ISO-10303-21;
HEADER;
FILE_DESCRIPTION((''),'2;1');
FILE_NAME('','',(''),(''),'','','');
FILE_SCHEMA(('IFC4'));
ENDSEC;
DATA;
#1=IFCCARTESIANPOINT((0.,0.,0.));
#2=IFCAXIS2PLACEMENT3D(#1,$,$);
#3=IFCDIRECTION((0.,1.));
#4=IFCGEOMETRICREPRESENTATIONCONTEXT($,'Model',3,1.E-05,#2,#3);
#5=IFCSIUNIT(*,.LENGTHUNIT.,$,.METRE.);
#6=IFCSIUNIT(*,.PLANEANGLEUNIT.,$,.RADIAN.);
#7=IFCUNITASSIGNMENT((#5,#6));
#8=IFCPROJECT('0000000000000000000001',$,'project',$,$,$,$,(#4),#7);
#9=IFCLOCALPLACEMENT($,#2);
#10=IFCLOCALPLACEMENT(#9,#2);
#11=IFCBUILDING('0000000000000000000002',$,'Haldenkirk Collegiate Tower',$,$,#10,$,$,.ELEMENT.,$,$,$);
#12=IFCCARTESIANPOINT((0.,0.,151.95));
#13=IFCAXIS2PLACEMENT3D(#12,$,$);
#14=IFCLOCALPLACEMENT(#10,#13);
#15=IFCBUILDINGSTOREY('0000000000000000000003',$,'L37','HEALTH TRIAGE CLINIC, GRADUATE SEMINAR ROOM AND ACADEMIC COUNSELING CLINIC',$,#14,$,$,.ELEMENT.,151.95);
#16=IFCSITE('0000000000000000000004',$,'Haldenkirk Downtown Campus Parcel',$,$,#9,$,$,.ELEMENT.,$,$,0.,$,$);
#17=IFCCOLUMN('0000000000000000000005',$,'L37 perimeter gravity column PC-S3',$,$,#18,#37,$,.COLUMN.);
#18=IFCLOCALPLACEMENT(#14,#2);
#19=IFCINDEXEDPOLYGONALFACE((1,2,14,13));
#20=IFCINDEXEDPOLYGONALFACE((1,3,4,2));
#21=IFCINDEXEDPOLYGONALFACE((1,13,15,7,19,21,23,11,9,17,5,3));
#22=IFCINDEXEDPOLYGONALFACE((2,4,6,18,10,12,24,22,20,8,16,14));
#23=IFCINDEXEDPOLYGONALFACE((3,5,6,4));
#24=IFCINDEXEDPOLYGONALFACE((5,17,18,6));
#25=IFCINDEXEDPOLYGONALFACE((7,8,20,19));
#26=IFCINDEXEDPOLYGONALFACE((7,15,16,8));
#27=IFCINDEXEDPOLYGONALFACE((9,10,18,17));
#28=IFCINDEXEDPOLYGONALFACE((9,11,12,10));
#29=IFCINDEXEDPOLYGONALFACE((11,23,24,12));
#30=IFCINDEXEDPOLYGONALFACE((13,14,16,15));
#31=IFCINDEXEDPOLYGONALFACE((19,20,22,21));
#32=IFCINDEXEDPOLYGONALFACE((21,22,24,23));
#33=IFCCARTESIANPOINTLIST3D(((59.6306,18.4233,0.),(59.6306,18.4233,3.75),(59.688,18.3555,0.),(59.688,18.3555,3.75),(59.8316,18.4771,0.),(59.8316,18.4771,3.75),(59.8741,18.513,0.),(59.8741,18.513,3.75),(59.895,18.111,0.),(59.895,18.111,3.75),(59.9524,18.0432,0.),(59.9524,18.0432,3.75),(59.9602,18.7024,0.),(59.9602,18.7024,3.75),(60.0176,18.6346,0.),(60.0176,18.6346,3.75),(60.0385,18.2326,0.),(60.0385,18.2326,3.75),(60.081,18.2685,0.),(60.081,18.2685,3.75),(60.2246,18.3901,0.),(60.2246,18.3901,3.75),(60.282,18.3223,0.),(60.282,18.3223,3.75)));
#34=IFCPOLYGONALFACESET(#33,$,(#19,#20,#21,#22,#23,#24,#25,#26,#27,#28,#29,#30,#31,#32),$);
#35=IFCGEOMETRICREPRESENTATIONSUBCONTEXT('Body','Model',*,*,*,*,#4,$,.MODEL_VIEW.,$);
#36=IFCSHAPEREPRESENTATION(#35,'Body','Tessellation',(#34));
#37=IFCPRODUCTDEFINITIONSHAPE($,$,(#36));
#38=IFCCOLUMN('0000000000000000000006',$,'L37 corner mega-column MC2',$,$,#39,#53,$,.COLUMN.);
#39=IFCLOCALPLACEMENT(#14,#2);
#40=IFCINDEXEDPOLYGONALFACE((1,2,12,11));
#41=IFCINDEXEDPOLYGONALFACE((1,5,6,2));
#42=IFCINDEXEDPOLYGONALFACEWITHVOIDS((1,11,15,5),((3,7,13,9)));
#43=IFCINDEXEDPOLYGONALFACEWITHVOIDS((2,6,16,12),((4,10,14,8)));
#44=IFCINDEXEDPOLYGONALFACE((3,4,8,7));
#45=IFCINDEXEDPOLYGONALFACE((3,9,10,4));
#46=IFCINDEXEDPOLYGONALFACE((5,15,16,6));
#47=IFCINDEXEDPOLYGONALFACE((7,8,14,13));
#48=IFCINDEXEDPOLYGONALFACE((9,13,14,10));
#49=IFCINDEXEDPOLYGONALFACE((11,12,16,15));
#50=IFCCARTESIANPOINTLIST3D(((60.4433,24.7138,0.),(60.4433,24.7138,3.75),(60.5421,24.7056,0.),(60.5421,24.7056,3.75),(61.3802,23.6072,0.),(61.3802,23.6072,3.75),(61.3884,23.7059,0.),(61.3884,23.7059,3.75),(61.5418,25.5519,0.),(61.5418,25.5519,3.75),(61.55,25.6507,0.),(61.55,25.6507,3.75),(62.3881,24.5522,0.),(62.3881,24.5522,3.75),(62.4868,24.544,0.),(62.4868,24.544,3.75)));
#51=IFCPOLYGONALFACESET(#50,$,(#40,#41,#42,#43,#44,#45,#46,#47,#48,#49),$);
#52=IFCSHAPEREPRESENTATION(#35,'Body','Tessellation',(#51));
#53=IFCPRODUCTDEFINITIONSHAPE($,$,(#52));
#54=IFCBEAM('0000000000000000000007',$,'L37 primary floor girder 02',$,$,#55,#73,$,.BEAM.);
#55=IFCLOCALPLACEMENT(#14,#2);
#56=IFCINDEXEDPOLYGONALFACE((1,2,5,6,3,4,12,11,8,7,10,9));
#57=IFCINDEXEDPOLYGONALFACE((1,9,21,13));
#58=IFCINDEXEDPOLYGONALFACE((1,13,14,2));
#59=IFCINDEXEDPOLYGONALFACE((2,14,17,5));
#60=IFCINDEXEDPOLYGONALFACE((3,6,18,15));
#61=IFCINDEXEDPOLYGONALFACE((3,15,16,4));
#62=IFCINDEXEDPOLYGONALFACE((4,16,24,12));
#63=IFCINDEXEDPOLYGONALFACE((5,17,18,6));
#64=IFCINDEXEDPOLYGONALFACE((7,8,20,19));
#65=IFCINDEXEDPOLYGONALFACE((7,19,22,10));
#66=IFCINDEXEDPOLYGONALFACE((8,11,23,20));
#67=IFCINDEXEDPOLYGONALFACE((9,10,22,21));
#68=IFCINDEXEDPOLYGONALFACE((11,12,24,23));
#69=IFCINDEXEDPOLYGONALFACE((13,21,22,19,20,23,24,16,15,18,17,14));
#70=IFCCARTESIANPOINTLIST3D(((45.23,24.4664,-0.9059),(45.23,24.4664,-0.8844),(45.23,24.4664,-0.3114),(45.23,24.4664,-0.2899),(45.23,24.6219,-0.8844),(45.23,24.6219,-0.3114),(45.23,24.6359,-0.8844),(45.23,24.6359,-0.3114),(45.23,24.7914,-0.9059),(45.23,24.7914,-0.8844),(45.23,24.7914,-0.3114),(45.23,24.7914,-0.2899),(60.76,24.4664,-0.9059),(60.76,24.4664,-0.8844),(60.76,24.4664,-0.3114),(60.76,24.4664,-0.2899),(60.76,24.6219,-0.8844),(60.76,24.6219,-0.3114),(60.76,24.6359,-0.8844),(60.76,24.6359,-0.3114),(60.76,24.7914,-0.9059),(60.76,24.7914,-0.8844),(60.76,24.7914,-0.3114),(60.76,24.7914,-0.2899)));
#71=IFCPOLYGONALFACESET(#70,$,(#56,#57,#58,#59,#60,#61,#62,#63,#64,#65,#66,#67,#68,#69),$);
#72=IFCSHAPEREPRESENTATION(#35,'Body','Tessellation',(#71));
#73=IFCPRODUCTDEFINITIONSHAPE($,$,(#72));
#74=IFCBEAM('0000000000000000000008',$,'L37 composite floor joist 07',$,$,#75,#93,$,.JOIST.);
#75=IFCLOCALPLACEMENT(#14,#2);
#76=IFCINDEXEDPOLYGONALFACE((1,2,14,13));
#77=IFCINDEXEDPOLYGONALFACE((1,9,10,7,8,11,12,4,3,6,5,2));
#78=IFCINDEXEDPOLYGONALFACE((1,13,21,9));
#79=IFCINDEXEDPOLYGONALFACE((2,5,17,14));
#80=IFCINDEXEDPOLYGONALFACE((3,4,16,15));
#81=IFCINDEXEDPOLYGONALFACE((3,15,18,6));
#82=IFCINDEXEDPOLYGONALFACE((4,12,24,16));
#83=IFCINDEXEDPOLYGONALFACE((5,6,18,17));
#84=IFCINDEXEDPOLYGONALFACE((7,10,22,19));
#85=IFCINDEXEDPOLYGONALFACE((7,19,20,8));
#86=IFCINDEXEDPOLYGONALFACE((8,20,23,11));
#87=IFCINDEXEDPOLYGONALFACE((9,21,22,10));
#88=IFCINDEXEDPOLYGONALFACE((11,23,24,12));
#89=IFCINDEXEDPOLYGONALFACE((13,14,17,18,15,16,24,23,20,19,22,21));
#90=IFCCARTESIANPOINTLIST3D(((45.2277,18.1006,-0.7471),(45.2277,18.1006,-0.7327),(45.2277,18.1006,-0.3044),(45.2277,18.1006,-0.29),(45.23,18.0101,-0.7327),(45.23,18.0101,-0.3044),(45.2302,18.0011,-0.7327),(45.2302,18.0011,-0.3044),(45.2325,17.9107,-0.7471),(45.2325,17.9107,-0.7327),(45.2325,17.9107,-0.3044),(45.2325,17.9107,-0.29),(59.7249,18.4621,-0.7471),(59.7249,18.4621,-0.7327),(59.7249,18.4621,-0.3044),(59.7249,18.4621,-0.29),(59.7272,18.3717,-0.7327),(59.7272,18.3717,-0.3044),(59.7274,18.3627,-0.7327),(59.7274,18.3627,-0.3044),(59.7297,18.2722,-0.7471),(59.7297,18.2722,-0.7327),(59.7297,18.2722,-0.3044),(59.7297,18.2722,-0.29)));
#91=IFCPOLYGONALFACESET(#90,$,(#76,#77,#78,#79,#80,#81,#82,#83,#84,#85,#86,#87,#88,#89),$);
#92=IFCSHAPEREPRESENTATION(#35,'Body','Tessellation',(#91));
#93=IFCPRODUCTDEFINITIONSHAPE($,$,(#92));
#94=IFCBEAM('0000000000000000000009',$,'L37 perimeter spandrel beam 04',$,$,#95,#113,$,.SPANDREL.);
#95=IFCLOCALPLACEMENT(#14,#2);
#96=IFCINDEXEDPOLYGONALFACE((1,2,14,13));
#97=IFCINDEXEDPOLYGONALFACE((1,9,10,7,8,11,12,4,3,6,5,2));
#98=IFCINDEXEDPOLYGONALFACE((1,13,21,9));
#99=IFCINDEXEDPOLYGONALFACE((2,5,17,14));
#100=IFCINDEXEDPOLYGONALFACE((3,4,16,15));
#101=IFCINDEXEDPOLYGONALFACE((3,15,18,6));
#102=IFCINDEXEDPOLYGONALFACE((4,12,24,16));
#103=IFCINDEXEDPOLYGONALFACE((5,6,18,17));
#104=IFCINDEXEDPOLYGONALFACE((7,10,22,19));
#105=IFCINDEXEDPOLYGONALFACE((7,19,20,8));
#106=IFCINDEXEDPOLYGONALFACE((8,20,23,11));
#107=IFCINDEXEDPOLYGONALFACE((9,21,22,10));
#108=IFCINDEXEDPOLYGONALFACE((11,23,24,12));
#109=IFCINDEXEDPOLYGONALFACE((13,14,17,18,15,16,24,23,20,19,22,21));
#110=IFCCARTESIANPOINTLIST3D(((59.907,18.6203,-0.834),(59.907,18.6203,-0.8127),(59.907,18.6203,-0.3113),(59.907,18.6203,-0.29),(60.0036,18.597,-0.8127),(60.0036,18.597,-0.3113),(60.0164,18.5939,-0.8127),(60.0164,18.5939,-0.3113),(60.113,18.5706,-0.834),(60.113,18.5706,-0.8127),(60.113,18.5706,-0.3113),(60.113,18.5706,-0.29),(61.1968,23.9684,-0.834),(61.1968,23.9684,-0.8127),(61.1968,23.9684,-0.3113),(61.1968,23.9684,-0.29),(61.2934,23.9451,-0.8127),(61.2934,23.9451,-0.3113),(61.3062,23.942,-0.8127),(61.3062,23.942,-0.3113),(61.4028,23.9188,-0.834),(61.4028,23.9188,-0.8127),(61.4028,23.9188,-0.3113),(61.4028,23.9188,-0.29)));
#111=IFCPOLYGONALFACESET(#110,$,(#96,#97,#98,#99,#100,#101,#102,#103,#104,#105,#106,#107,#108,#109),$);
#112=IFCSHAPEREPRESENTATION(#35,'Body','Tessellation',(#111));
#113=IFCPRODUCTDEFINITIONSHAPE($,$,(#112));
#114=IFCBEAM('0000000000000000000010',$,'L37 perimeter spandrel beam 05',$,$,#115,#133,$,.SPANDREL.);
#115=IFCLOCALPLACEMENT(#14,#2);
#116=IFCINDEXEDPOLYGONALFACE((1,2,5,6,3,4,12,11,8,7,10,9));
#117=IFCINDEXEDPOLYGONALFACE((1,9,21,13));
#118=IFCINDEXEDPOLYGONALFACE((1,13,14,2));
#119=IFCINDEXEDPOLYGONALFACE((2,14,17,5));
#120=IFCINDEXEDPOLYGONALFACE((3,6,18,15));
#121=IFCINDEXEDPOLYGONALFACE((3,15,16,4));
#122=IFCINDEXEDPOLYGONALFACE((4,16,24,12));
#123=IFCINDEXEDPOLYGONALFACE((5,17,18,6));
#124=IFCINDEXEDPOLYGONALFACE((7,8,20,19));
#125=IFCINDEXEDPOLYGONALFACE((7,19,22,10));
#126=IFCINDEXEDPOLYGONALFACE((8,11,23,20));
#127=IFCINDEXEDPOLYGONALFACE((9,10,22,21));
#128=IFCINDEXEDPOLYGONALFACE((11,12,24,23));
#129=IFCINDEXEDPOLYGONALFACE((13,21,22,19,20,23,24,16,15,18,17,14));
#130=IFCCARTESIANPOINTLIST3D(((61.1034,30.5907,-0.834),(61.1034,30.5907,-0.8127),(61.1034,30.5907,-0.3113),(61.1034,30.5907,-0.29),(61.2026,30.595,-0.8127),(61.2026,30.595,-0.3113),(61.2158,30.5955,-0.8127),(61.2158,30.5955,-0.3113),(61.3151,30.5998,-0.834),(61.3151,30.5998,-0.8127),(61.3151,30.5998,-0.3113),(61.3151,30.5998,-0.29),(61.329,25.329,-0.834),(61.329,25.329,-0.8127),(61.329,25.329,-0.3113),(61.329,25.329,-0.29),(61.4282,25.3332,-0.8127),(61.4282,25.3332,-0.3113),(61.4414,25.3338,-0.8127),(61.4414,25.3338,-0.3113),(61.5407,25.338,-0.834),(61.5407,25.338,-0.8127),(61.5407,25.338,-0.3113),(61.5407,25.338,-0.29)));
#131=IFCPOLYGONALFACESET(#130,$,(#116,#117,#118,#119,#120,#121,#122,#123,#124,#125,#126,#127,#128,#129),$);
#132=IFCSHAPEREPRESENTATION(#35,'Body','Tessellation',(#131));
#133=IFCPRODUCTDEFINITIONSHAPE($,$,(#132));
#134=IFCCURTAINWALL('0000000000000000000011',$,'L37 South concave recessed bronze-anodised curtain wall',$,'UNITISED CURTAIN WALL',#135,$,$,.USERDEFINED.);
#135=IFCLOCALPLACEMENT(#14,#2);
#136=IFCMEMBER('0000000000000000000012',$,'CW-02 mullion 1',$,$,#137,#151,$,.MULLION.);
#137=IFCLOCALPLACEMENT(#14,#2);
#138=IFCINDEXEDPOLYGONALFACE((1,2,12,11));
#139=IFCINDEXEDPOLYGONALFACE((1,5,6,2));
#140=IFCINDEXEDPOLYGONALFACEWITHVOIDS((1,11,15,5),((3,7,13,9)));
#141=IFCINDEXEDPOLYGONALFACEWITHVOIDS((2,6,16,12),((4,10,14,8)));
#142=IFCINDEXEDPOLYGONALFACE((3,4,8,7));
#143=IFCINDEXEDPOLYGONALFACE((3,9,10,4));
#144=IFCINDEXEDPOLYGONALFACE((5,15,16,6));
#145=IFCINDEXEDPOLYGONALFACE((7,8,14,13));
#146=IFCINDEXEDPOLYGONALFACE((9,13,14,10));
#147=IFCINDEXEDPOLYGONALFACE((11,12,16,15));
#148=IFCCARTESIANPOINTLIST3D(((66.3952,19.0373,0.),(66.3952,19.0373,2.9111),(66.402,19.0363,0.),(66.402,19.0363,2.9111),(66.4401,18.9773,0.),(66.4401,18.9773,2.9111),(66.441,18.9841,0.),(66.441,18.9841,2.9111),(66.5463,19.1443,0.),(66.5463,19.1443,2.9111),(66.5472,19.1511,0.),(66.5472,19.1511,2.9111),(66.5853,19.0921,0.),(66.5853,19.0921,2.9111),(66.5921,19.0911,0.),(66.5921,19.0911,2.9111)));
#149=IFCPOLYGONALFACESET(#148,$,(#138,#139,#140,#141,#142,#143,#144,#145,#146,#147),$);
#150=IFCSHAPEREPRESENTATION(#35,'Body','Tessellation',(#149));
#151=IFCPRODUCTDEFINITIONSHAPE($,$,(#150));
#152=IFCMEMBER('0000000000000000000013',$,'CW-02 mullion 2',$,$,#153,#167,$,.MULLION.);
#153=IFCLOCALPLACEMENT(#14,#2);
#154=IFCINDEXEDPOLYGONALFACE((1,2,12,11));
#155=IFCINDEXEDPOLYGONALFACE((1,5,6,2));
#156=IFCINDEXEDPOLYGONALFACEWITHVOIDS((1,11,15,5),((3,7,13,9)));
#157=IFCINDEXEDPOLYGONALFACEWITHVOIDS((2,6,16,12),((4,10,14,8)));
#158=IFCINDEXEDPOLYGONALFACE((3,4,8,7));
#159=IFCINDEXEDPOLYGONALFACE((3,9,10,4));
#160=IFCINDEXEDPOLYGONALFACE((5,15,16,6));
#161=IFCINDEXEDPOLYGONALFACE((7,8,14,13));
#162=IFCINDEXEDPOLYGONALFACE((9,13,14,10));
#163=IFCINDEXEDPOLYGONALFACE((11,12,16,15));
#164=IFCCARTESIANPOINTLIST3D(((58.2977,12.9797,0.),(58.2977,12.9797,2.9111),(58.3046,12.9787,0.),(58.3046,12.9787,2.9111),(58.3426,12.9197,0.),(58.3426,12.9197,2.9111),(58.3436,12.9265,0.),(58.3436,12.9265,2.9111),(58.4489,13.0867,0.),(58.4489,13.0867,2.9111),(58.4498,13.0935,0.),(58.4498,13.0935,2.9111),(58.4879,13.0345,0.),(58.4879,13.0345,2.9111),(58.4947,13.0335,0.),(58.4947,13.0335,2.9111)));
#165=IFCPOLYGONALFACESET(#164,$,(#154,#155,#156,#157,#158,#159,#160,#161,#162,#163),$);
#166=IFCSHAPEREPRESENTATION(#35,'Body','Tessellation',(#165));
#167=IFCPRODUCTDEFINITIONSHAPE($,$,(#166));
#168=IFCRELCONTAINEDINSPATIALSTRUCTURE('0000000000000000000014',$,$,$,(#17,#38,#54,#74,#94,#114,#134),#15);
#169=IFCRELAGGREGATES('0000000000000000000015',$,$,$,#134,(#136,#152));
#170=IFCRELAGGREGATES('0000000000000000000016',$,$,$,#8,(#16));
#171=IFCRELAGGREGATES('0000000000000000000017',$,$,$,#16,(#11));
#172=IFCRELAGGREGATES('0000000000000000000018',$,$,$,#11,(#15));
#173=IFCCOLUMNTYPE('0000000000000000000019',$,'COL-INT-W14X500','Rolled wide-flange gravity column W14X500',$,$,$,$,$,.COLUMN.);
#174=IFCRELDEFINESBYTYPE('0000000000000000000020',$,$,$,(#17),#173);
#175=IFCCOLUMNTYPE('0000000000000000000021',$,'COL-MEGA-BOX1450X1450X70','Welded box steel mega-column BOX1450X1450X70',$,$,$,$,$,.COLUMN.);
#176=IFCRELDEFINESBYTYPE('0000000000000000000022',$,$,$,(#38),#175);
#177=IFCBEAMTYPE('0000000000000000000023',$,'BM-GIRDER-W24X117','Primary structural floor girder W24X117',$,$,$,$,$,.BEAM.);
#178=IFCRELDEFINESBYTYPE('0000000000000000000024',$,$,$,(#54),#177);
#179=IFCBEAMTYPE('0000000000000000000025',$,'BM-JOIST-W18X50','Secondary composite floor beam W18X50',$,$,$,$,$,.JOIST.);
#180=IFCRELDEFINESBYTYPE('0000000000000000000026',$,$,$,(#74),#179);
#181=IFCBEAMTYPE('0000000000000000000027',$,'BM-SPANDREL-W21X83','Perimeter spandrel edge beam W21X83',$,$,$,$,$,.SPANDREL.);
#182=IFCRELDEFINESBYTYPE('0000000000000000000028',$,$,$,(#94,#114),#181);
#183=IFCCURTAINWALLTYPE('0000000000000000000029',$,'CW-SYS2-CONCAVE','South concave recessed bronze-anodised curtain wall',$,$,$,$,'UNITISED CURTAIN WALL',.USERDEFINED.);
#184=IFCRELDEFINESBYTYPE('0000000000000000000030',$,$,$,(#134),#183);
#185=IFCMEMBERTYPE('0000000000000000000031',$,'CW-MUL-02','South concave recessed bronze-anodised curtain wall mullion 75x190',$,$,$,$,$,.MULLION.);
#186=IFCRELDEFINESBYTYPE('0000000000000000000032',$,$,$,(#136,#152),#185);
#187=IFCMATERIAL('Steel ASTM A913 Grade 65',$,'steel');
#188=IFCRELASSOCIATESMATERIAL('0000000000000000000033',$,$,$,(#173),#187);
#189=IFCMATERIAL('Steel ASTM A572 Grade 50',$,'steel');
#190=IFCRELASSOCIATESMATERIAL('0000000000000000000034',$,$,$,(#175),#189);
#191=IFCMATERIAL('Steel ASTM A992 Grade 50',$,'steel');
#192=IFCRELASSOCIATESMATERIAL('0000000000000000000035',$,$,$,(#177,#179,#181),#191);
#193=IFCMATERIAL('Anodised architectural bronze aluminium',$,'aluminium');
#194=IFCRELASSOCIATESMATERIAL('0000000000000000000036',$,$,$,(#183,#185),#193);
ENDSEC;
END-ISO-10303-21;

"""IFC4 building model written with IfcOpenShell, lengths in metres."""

from ifc_helpers import new_model, si_unit, direction, frame, origin, origin_2d, place, context, subcontext, project, spatial, hollow_rectangle, i_section, extrude, material, material_profile, profile_set, type_object, element, aggregate, save


model = new_model("IFC4")

# Units and contexts
model_context = context("Model", 3, precision=1e-05, world=origin(), true_north=direction((0.0, 1.0)))
body_context = subcontext(model_context, "Body", "Model", "MODEL_VIEW")
ifc_project = project(units=[si_unit("LENGTHUNIT", "METRE"), si_unit("PLANEANGLEUNIT", "RADIAN")], contexts=[model_context])

# Site, building, storey
site_placement = place(None, origin())
site = spatial("IfcSite", under=ifc_project, at=site_placement, Name="Haldenkirk Downtown Campus Parcel", CompositionType="ELEMENT", RefElevation=0.0)
building_placement = place(site_placement, origin())
building = spatial("IfcBuilding", under=site, at=building_placement, Name="Haldenkirk Collegiate Tower", CompositionType="ELEMENT")
storey_placement = place(building_placement, frame((0.0, 0.0, 151.95)))
storey = spatial("IfcBuildingStorey", under=building, at=storey_placement, Name="L37", Description="HEALTH TRIAGE CLINIC, GRADUATE SEMINAR ROOM AND ACADEMIC COUNSELING CLINIC", CompositionType="ELEMENT", Elevation=151.95)

# Columns
ifc_material_1 = material(Name="Steel ASTM A913 Grade 65", Category="steel")
ifc_material_profile_1 = material_profile(ifc_material_1, i_section(OverallWidth=0.4319, OverallDepth=0.498, WebThickness=0.0557, FlangeThickness=0.0889, at=origin_2d()), Name="W14X500")
ifc_profile_set_1 = profile_set([ifc_material_profile_1], Name="Steel ASTM A913 Grade 65")
column_type_1 = type_object("IfcColumnType", Name="COL-INT-W14X500", Description="Rolled wide-flange gravity column W14X500", PredefinedType="COLUMN", material=ifc_profile_set_1)
column_1_placement = place(storey_placement, frame((59.9563, 18.3728, 0.0), z_axis=(0.0, 0.0, 1.0), x_axis=(0.763232, 0.646124, 0.0)))
element("IfcColumn", 1, at=column_1_placement, inside=storey, type_object=column_type_1, Name="L37 perimeter gravity column PC-S3", PredefinedType="COLUMN", context=body_context, shape_type="SweptSolid", body=[
    extrude(i_section(OverallWidth=0.4319, OverallDepth=0.498, WebThickness=0.0557, FlangeThickness=0.0889, at=origin_2d()), origin(), (0.0, 0.0, 1.0), 3.75),
])
ifc_material_2 = material(Name="Steel ASTM A572 Grade 50", Category="steel")
ifc_material_profile_2 = material_profile(ifc_material_2, hollow_rectangle(XDim=1.45, YDim=1.45, WallThickness=0.0701, at=origin_2d()), Name="BOX1450X1450X70")
ifc_profile_set_2 = profile_set([ifc_material_profile_2], Name="Steel ASTM A572 Grade 50")
column_type_2 = type_object("IfcColumnType", Name="COL-MEGA-BOX1450X1450X70", Description="Welded box steel mega-column BOX1450X1450X70", PredefinedType="COLUMN", material=ifc_profile_set_2)
column_2_placement = place(storey_placement, frame((61.4651, 24.6289, 0.0), z_axis=(0.0, 0.0, 1.0), x_axis=(0.763232, 0.646124, 0.0)))
element("IfcColumn", 2, at=column_2_placement, inside=storey, type_object=column_type_2, Name="L37 corner mega-column MC2", PredefinedType="COLUMN", context=body_context, shape_type="SweptSolid", body=[
    extrude(hollow_rectangle(XDim=1.45, YDim=1.45, WallThickness=0.0701, at=origin_2d()), origin(), (0.0, 0.0, 1.0), 3.75),
])

# Beams
ifc_material_3 = material(Name="Steel ASTM A992 Grade 50", Category="steel")
ifc_material_profile_3 = material_profile(ifc_material_3, i_section(OverallWidth=0.325, OverallDepth=0.616, WebThickness=0.0139, FlangeThickness=0.0215, at=origin_2d()), Name="W24X117")
ifc_profile_set_3 = profile_set([ifc_material_profile_3], Name="Steel ASTM A992 Grade 50")
beam_type_1 = type_object("IfcBeamType", Name="BM-GIRDER-W24X117", Description="Primary structural floor girder W24X117", PredefinedType="BEAM", material=ifc_profile_set_3)
beam_1_placement = place(storey_placement, frame((60.76, 24.6289, -0.5979), z_axis=(-1.0, 0.0, 0.0), x_axis=(0.0, -1.0, 0.0)))
element("IfcBeam", 3, at=beam_1_placement, inside=storey, type_object=beam_type_1, Name="L37 primary floor girder 02", PredefinedType="BEAM", context=body_context, shape_type="SweptSolid", body=[
    extrude(i_section(OverallWidth=0.325, OverallDepth=0.616, WebThickness=0.0139, FlangeThickness=0.0215, at=origin_2d()), origin(), (0.0, 0.0, 1.0), 15.53),
])
ifc_material_profile_4 = material_profile(ifc_material_3, i_section(OverallWidth=0.1899, OverallDepth=0.457, WebThickness=0.009, FlangeThickness=0.0144, at=origin_2d()), Name="W18X50")
ifc_profile_set_4 = profile_set([ifc_material_profile_4], Name="Steel ASTM A992 Grade 50")
beam_type_2 = type_object("IfcBeamType", Name="BM-JOIST-W18X50", Description="Secondary composite floor beam W18X50", PredefinedType="JOIST", material=ifc_profile_set_4)
beam_2_placement = place(storey_placement, frame((59.7273, 18.3672, -0.5186), z_axis=(-0.999689, -0.024933, 0.0), x_axis=(0.024933, -0.999689, 0.0)))
element("IfcBeam", 4, at=beam_2_placement, inside=storey, type_object=beam_type_2, Name="L37 composite floor joist 07", PredefinedType="JOIST", context=body_context, shape_type="SweptSolid", body=[
    extrude(i_section(OverallWidth=0.1899, OverallDepth=0.457, WebThickness=0.009, FlangeThickness=0.0144, at=origin_2d()), origin(), (0.0, 0.0, 1.0), 14.5017),
])
ifc_material_profile_5 = material_profile(ifc_material_3, i_section(OverallWidth=0.2119, OverallDepth=0.5439, WebThickness=0.0132, FlangeThickness=0.0212, at=origin_2d()), Name="W21X83")
ifc_profile_set_5 = profile_set([ifc_material_profile_5], Name="Steel ASTM A992 Grade 50")
beam_type_3 = type_object("IfcBeamType", Name="BM-SPANDREL-W21X83", Description="Perimeter spandrel edge beam W21X83", PredefinedType="SPANDREL", material=ifc_profile_set_5)
beam_3_placement = place(storey_placement, frame((60.01, 18.5955, -0.562), z_axis=(0.234445, 0.972129, 0.0), x_axis=(-0.972129, 0.234445, 0.0)))
element("IfcBeam", 5, at=beam_3_placement, inside=storey, type_object=beam_type_3, Name="L37 perimeter spandrel beam 04", PredefinedType="SPANDREL", context=body_context, shape_type="SweptSolid", body=[
    extrude(i_section(OverallWidth=0.2119, OverallDepth=0.5439, WebThickness=0.0132, FlangeThickness=0.0212, at=origin_2d()), origin(), (0.0, 0.0, 1.0), 5.5015),
])
beam_4_placement = place(storey_placement, frame((61.4348, 25.3335, -0.562), z_axis=(-0.042834, 0.999082, 0.0), x_axis=(-0.999082, -0.042834, 0.0)))
element("IfcBeam", 6, at=beam_4_placement, inside=storey, type_object=beam_type_3, Name="L37 perimeter spandrel beam 05", PredefinedType="SPANDREL", context=body_context, shape_type="SweptSolid", body=[
    extrude(i_section(OverallWidth=0.2119, OverallDepth=0.5439, WebThickness=0.0132, FlangeThickness=0.0212, at=origin_2d()), origin(), (0.0, 0.0, 1.0), 5.2666),
])

# Curtain wall, members
ifc_material_4 = material(Name="Anodised architectural bronze aluminium", Category="aluminium")
curtain_wall_type_1 = type_object("IfcCurtainWallType", Name="CW-SYS2-CONCAVE", Description="South concave recessed bronze-anodised curtain wall", ElementType="UNITISED CURTAIN WALL", PredefinedType="USERDEFINED", material=ifc_material_4)
curtain_wall_1_placement = place(storey_placement, origin())
curtain_wall_1 = element("IfcCurtainWall", 7, at=curtain_wall_1_placement, inside=storey, type_object=curtain_wall_type_1, Name="L37 South concave recessed bronze-anodised curtain wall", ObjectType="UNITISED CURTAIN WALL", PredefinedType="USERDEFINED")
ifc_material_profile_6 = material_profile(ifc_material_4, hollow_rectangle(XDim=0.075, YDim=0.1899, WallThickness=0.0049, at=origin_2d()), Name="CW-MUL-02")
ifc_profile_set_6 = profile_set([ifc_material_profile_6], Name="Anodised architectural bronze aluminium")
member_type_1 = type_object("IfcMemberType", Name="CW-MUL-02", Description="South concave recessed bronze-anodised curtain wall mullion 75x190", PredefinedType="MULLION", material=ifc_profile_set_6)
member_1_placement = place(storey_placement, frame((66.4937, 19.0642, 0.0), z_axis=(0.0, 0.0, 1.0), x_axis=(0.599025, -0.80073, 0.0)))
member_1 = element("IfcMember", 8, at=member_1_placement, type_object=member_type_1, Name="CW-02 mullion 1", PredefinedType="MULLION", context=body_context, shape_type="SweptSolid", body=[
    extrude(hollow_rectangle(XDim=0.075, YDim=0.1899, WallThickness=0.0049, at=origin_2d()), origin(), (0.0, 0.0, 1.0), 2.9111),
])
member_2_placement = place(storey_placement, frame((58.3962, 13.0066, 0.0), z_axis=(0.0, 0.0, 1.0), x_axis=(0.599025, -0.80073, 0.0)))
member_2 = element("IfcMember", 9, at=member_2_placement, type_object=member_type_1, Name="CW-02 mullion 2", PredefinedType="MULLION", context=body_context, shape_type="SweptSolid", body=[
    extrude(hollow_rectangle(XDim=0.075, YDim=0.1899, WallThickness=0.0049, at=origin_2d()), origin(), (0.0, 0.0, 1.0), 2.9111),
])

aggregate(curtain_wall_1, [member_1, member_2])

save(model, "model.ifc")
